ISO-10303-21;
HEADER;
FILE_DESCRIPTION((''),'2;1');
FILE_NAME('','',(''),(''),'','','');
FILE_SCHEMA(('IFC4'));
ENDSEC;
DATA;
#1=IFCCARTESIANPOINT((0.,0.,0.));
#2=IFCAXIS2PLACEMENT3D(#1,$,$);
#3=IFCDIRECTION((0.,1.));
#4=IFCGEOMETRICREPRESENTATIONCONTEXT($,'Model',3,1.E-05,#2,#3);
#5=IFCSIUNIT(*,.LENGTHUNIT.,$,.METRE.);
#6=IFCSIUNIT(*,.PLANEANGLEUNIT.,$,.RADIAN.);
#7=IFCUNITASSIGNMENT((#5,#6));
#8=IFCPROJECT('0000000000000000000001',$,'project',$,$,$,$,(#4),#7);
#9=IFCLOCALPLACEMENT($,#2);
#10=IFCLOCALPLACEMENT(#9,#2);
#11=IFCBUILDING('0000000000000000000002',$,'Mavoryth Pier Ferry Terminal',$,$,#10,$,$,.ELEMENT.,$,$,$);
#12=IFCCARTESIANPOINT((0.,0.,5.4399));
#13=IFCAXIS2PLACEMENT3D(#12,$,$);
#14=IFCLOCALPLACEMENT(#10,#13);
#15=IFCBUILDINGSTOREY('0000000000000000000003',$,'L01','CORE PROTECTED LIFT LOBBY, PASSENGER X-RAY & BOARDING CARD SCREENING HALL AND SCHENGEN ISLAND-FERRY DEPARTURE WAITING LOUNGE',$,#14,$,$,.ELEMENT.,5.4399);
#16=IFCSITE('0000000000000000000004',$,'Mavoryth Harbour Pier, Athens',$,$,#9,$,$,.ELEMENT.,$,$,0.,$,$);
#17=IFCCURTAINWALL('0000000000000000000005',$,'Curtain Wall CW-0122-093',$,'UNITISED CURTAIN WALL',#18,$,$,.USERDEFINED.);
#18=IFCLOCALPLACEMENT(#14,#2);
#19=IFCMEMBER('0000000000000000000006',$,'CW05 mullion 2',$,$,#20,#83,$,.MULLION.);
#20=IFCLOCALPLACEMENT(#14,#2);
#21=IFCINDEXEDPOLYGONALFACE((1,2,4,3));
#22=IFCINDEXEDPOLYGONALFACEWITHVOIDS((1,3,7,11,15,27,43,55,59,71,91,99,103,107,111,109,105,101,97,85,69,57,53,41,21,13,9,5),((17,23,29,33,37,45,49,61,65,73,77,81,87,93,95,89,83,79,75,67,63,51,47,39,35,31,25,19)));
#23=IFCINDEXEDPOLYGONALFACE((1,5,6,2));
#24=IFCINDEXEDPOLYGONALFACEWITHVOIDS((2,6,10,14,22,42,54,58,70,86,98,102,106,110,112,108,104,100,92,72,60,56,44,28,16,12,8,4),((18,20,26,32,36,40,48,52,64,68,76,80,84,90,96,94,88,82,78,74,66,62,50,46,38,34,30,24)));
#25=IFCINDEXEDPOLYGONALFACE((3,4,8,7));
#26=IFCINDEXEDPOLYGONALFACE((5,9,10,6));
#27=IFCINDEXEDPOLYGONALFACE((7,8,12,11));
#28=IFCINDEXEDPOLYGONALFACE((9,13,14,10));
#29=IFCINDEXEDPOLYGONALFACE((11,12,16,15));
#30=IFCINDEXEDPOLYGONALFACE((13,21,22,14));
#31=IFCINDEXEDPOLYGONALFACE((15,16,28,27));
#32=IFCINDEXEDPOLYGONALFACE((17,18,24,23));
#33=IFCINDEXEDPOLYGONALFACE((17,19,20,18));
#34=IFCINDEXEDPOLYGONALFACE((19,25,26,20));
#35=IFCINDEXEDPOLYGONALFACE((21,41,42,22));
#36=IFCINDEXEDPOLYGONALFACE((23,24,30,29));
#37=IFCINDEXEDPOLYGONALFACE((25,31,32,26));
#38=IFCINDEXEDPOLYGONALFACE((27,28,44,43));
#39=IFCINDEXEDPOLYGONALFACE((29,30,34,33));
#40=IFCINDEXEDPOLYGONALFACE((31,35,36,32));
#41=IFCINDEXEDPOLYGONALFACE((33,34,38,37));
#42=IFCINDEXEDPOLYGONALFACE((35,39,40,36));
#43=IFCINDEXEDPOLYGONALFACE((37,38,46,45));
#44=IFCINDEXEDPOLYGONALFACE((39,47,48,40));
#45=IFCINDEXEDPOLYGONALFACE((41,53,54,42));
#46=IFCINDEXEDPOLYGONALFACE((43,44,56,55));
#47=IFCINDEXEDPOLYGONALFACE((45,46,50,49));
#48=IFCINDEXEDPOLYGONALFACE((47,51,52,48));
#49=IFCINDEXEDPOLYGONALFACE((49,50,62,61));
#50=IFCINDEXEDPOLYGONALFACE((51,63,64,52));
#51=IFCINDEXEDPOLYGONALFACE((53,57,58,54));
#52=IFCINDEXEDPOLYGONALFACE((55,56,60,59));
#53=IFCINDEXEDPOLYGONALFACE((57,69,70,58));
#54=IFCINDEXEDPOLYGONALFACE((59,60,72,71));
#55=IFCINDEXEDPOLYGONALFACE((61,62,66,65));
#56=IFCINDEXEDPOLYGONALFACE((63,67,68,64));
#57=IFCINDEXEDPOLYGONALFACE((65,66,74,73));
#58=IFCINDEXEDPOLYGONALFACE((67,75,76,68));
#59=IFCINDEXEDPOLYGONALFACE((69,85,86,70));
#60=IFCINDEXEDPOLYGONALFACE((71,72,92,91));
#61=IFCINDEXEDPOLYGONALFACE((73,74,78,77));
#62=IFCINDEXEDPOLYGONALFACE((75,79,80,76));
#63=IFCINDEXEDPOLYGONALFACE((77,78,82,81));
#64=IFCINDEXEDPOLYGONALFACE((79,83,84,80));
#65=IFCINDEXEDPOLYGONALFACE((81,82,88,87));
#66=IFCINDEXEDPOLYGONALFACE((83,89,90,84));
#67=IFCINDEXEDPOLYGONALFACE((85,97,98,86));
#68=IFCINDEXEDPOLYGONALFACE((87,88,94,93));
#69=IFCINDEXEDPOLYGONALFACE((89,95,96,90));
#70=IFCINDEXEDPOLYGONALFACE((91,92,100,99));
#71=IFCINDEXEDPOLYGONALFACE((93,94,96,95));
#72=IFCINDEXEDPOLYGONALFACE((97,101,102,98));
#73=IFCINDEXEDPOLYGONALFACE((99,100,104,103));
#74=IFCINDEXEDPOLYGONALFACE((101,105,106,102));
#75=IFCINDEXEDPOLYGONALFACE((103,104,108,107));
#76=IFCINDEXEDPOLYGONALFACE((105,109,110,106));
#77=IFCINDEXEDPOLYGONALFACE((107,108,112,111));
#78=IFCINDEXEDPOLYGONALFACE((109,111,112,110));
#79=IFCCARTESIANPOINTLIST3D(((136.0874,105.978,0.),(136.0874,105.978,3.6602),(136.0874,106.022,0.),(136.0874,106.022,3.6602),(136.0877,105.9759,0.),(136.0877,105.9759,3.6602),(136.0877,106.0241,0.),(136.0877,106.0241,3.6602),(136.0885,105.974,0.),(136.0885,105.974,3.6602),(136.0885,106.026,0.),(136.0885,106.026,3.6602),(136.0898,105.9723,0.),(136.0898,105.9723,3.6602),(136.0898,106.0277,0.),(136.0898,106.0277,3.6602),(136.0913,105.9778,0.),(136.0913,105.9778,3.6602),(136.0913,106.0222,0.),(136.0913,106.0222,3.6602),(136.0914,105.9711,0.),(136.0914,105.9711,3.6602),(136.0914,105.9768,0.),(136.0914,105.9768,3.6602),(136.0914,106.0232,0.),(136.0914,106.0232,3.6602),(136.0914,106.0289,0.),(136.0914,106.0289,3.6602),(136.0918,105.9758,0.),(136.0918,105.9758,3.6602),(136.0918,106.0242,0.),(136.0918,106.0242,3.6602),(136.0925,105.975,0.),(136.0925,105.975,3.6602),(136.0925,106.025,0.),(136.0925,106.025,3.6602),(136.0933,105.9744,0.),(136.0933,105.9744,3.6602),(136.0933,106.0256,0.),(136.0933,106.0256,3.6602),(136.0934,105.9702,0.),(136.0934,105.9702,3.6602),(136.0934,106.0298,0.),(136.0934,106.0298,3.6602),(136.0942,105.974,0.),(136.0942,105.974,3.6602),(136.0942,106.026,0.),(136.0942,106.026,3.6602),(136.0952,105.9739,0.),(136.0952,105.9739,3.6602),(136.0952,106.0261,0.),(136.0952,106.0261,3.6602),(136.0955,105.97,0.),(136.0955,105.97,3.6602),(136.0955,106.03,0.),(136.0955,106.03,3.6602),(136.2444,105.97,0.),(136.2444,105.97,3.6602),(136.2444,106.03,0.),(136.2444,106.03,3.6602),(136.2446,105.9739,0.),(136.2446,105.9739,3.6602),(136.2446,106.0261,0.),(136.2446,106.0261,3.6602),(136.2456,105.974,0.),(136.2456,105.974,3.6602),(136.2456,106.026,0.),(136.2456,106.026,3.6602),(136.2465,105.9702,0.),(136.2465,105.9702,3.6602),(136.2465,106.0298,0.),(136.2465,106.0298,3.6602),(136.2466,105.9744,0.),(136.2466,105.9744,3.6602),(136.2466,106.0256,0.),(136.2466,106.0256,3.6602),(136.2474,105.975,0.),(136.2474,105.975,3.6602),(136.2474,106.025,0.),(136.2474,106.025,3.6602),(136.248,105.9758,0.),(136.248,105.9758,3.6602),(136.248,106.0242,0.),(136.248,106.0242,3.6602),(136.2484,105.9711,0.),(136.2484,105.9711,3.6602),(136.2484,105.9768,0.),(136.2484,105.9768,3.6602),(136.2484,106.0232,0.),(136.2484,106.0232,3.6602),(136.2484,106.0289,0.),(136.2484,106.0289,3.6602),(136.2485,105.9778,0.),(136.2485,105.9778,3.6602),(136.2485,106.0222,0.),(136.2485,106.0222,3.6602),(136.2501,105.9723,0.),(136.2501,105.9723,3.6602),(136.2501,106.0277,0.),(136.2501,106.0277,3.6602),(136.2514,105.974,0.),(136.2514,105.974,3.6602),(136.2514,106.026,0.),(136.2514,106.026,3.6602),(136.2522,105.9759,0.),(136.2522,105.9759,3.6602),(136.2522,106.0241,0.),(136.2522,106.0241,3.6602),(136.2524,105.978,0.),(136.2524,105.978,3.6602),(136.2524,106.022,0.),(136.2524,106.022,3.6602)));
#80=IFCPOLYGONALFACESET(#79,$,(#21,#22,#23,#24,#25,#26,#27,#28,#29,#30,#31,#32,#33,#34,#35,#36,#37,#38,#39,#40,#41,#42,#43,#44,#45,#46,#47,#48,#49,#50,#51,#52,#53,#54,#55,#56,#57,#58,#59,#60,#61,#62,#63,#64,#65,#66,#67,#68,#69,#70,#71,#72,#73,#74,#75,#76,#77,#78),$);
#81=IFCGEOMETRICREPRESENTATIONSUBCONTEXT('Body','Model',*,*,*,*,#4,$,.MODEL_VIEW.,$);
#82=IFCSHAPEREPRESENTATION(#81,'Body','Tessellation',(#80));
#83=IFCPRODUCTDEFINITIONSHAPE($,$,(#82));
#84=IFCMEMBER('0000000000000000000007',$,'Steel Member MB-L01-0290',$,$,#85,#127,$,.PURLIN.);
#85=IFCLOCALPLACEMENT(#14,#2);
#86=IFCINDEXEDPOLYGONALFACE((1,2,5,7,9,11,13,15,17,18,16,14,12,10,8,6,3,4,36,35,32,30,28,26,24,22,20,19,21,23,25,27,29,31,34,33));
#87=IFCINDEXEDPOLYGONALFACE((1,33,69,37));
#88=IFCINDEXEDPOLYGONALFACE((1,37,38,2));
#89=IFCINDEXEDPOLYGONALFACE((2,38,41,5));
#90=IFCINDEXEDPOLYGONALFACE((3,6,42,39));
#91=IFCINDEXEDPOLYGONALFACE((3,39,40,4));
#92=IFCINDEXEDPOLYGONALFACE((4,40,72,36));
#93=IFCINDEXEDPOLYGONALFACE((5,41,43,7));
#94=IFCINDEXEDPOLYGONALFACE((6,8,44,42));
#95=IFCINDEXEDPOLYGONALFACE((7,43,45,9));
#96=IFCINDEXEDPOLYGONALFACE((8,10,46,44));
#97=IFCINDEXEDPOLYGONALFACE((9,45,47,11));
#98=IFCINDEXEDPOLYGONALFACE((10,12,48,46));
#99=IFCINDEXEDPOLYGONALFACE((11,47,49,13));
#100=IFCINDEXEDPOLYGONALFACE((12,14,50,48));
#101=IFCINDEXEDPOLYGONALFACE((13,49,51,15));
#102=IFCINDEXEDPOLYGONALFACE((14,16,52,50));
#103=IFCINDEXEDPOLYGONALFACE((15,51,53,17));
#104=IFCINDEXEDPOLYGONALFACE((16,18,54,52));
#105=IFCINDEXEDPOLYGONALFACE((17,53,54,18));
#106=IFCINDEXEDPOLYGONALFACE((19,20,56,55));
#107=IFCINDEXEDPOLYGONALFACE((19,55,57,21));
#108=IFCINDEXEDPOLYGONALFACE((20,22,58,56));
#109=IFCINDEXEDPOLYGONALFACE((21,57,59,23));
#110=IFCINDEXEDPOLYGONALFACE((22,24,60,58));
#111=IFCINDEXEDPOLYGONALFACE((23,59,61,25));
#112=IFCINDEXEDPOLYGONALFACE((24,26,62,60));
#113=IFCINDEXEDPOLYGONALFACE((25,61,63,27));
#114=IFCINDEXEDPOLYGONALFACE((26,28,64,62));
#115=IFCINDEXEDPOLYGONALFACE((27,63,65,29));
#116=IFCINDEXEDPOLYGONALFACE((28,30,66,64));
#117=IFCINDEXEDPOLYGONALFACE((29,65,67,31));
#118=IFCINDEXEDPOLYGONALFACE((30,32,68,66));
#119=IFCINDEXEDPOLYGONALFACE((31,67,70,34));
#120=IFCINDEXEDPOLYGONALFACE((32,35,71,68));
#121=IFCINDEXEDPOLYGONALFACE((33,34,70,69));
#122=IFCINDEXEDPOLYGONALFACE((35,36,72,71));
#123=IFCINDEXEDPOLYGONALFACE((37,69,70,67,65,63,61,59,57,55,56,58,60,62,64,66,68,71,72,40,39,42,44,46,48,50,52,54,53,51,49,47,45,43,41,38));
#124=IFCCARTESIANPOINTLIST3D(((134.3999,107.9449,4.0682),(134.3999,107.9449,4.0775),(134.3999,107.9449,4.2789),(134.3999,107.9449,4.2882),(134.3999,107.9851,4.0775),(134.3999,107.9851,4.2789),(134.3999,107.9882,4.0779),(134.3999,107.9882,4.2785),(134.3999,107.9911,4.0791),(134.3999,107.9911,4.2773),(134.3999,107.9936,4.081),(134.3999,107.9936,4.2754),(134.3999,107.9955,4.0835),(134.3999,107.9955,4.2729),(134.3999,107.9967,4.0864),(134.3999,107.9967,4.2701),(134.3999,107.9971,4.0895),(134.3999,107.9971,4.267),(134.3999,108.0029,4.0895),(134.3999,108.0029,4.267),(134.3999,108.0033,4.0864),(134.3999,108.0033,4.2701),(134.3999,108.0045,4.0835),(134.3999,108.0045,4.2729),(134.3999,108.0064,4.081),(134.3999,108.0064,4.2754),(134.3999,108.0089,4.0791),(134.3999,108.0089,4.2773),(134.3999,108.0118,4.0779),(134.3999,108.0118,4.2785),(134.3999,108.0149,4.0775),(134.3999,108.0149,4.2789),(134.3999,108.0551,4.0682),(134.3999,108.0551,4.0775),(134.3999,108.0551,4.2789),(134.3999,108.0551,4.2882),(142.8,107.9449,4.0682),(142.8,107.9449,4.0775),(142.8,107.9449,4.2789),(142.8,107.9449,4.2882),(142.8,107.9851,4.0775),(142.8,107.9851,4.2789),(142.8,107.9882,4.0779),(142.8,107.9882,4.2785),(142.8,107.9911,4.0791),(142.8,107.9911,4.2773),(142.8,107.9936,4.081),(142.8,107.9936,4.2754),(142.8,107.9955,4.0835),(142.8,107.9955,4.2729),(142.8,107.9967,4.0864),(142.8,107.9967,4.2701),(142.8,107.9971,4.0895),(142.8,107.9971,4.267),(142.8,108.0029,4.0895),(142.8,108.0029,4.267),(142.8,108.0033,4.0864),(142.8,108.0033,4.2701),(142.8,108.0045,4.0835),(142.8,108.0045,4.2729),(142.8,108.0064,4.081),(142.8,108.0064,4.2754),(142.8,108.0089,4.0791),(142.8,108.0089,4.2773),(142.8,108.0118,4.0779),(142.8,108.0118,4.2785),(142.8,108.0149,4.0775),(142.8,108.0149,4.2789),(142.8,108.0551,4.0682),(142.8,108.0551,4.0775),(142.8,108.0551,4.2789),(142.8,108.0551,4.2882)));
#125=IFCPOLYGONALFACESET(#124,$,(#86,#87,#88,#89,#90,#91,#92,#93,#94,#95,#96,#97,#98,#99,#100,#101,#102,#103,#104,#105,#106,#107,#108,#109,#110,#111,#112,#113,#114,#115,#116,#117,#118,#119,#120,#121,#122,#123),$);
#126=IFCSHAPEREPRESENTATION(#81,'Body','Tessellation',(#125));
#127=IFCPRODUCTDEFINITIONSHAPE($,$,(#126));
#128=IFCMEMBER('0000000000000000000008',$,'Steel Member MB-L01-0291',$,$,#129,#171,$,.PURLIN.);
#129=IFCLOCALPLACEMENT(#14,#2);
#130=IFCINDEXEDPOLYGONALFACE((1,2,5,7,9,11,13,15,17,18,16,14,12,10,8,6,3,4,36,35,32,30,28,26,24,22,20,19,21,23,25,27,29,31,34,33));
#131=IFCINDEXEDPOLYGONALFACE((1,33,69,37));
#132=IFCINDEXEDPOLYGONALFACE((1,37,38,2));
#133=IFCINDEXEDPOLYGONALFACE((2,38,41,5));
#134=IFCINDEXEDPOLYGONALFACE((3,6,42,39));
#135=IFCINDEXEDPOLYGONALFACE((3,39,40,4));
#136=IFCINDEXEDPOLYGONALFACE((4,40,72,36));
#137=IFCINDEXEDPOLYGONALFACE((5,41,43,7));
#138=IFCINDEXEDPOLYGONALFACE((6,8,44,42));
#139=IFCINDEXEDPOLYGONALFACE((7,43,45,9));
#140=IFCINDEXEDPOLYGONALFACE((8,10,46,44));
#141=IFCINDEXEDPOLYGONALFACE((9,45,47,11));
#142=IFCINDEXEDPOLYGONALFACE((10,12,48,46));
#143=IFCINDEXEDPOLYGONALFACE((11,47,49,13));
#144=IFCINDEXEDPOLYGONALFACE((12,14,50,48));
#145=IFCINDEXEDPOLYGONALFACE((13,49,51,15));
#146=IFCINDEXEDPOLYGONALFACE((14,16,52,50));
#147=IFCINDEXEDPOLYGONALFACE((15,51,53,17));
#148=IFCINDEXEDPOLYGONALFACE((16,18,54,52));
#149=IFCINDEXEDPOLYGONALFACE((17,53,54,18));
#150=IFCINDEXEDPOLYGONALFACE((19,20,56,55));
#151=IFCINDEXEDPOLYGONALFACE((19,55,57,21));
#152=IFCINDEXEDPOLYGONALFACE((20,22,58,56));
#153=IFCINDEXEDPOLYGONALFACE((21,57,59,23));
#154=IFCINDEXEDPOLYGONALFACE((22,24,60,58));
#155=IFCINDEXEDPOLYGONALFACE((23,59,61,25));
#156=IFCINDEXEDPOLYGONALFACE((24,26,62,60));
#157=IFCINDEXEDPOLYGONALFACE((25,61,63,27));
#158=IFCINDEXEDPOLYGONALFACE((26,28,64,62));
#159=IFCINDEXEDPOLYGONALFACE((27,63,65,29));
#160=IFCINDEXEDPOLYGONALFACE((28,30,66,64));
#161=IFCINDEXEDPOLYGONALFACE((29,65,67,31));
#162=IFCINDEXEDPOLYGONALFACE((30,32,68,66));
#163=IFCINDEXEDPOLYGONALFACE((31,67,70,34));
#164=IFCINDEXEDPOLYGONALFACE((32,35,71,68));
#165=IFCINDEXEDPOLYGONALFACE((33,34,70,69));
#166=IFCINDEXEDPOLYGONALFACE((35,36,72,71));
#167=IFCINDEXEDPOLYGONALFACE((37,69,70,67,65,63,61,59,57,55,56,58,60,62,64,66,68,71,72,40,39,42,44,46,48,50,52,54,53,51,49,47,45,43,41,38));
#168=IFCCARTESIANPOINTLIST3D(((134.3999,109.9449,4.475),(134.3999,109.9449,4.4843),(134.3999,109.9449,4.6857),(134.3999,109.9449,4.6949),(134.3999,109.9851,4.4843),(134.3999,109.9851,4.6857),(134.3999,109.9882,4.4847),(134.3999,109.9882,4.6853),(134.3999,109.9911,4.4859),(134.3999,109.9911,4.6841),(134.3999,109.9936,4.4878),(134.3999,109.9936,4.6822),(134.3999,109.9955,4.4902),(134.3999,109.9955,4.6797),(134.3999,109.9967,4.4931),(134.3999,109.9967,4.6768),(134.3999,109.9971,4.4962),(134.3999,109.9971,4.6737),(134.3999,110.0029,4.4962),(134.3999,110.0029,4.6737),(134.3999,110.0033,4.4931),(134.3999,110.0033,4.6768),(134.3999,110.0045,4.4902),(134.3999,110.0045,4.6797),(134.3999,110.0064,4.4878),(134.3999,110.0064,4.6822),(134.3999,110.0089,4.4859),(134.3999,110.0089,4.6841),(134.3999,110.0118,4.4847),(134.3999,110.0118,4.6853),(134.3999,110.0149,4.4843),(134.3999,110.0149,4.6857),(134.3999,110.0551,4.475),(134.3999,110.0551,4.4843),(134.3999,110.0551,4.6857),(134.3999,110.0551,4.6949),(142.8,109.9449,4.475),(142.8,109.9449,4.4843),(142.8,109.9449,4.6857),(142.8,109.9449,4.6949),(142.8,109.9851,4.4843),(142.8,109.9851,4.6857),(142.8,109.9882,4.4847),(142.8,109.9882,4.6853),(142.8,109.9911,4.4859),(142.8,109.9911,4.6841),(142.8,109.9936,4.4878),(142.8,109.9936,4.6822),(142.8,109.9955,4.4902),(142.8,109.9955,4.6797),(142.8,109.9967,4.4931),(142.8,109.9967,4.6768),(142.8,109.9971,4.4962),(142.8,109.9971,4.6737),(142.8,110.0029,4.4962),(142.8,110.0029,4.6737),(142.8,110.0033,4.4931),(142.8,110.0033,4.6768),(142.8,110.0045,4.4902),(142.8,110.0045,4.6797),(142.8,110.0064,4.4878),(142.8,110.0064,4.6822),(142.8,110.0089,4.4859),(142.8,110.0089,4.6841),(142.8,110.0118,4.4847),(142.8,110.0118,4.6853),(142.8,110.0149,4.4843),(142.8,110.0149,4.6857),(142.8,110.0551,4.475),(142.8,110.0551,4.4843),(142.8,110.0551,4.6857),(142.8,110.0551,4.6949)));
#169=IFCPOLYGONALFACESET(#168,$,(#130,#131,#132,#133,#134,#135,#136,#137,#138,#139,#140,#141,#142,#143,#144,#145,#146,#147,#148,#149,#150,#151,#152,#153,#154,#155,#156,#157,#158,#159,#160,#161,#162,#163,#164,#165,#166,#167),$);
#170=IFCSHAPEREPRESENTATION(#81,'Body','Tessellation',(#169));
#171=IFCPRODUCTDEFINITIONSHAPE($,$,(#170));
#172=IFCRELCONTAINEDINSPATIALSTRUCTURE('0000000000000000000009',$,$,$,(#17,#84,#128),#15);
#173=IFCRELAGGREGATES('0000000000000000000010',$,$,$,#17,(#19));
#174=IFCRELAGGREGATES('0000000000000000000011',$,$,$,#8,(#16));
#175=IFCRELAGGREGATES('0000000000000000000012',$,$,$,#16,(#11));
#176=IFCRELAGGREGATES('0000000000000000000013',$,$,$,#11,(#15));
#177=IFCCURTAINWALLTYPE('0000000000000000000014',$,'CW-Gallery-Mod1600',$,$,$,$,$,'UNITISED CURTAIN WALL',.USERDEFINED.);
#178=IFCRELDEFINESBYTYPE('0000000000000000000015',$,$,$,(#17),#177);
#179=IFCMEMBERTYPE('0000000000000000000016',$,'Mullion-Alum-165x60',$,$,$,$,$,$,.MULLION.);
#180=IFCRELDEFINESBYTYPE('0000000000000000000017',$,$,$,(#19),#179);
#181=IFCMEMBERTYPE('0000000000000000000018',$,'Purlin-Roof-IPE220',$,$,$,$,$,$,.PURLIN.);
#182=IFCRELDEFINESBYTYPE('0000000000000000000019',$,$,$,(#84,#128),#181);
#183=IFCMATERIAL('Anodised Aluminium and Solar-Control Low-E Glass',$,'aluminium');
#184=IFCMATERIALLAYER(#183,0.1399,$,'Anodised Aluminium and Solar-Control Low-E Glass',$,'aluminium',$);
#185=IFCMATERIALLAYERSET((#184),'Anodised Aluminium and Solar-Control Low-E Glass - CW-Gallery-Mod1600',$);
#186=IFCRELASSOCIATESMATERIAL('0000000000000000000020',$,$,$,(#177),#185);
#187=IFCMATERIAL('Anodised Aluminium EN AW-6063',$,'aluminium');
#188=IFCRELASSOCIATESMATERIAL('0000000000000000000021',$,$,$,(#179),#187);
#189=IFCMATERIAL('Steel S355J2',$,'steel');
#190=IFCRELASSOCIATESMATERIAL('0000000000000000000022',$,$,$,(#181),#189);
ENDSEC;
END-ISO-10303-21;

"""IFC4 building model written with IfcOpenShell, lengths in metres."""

from ifc_helpers import new_model, si_unit, direction, frame, origin, origin_2d, place, context, subcontext, project, spatial, hollow_rectangle, i_section, extrude, material, layer, layer_set, material_profile, profile_set, type_object, element, aggregate, save


model = new_model("IFC4")

# Units and contexts
model_context = context("Model", 3, precision=1e-05, world=origin(), true_north=direction((0.0, 1.0)))
body_context = subcontext(model_context, "Body", "Model", "MODEL_VIEW")
ifc_project = project(units=[si_unit("LENGTHUNIT", "METRE"), si_unit("PLANEANGLEUNIT", "RADIAN")], contexts=[model_context])

# Site, building, storey
site_placement = place(None, origin())
site = spatial("IfcSite", under=ifc_project, at=site_placement, Name="Mavoryth Harbour Pier, Athens", CompositionType="ELEMENT", RefElevation=0.0)
building_placement = place(site_placement, origin())
building = spatial("IfcBuilding", under=site, at=building_placement, Name="Mavoryth Pier Ferry Terminal", CompositionType="ELEMENT")
storey_placement = place(building_placement, frame((0.0, 0.0, 5.4399)))
storey = spatial("IfcBuildingStorey", under=building, at=storey_placement, Name="L01", Description="CORE PROTECTED LIFT LOBBY, PASSENGER X-RAY & BOARDING CARD SCREENING HALL AND SCHENGEN ISLAND-FERRY DEPARTURE WAITING LOUNGE", CompositionType="ELEMENT", Elevation=5.4399)

# Shared definitions
ifc_material_1 = material(Name="Steel S355J2", Category="steel")

# Curtain wall, member
ifc_material_2 = material(Name="Anodised Aluminium and Solar-Control Low-E Glass", Category="aluminium")
ifc_layer_1 = layer(ifc_material_2, 0.1399, Name="Anodised Aluminium and Solar-Control Low-E Glass", Category="aluminium")
ifc_layer_set_1 = layer_set([ifc_layer_1], Name="Anodised Aluminium and Solar-Control Low-E Glass - CW-Gallery-Mod1600")
curtain_wall_type = type_object("IfcCurtainWallType", Name="CW-Gallery-Mod1600", ElementType="UNITISED CURTAIN WALL", PredefinedType="USERDEFINED", material=ifc_layer_set_1)
ifc_material_3 = material(Name="Anodised Aluminium EN AW-6063", Category="aluminium")
ifc_material_profile_1 = material_profile(ifc_material_3, hollow_rectangle(XDim=0.0601, YDim=0.165, WallThickness=0.0039, InnerFilletRadius=0.0039, OuterFilletRadius=0.0081, at=origin_2d()), Name="AL-MULL 165x60x4", Category="aluminium")
ifc_profile_set_1 = profile_set([ifc_material_profile_1], Name="Anodised Aluminium EN AW-6063 - AL-MULL 165x60x4")
member_type_1 = type_object("IfcMemberType", Name="Mullion-Alum-165x60", PredefinedType="MULLION", material=ifc_profile_set_1)
curtain_wall_1_placement = place(storey_placement, origin())
curtain_wall_1 = element("IfcCurtainWall", 1, at=curtain_wall_1_placement, inside=storey, type_object=curtain_wall_type, Name="Curtain Wall CW-0122-093", ObjectType="UNITISED CURTAIN WALL", PredefinedType="USERDEFINED")
member_1_placement = place(storey_placement, frame((136.1699, 106.0, 0.0), z_axis=(0.0, 0.0, 1.0), x_axis=(0.0, 1.0, 0.0)))
member_1 = element("IfcMember", 2, at=member_1_placement, type_object=member_type_1, Name="CW05 mullion 2", PredefinedType="MULLION", context=body_context, shape_type="SweptSolid", body=[
    extrude(hollow_rectangle(XDim=0.0601, YDim=0.165, WallThickness=0.0039, InnerFilletRadius=0.0039, OuterFilletRadius=0.0081, at=origin_2d()), origin(), (0.0, 0.0, 1.0), 3.6602),
])

# Members
ifc_material_profile_2 = material_profile(ifc_material_1, i_section(OverallWidth=0.1101, OverallDepth=0.22, WebThickness=0.0059, FlangeThickness=0.0093, FilletRadius=0.012, at=origin_2d()), Name="IPE 220", Category="steel")
ifc_profile_set_2 = profile_set([ifc_material_profile_2], Name="Steel S355J2 - IPE 220")
member_type_2 = type_object("IfcMemberType", Name="Purlin-Roof-IPE220", PredefinedType="PURLIN", material=ifc_profile_set_2)
for number, where, z_axis, x_axis, name in (
    (3, (134.3999, 108.0, 4.1782), (1.0, 0.0, 0.0), (0.0, 1.0, 0.0), "Steel Member MB-L01-0290"),
    (4, (134.3999, 110.0, 4.585), (1.0, 0.0, 0.0), (0.0, 1.0, 0.0), "Steel Member MB-L01-0291"),
):
    element("IfcMember", number, at=place(storey_placement, frame(where, z_axis=z_axis, x_axis=x_axis)), inside=storey, type_object=member_type_2, Name=name, PredefinedType="PURLIN", context=body_context, shape_type="SweptSolid", body=[
        extrude(i_section(OverallWidth=0.1101, OverallDepth=0.22, WebThickness=0.0059, FlangeThickness=0.0093, FilletRadius=0.012, at=origin_2d()), origin(), (0.0, 0.0, 1.0), 8.4001),
    ])

aggregate(curtain_wall_1, [member_1])

save(model, "model.ifc")
